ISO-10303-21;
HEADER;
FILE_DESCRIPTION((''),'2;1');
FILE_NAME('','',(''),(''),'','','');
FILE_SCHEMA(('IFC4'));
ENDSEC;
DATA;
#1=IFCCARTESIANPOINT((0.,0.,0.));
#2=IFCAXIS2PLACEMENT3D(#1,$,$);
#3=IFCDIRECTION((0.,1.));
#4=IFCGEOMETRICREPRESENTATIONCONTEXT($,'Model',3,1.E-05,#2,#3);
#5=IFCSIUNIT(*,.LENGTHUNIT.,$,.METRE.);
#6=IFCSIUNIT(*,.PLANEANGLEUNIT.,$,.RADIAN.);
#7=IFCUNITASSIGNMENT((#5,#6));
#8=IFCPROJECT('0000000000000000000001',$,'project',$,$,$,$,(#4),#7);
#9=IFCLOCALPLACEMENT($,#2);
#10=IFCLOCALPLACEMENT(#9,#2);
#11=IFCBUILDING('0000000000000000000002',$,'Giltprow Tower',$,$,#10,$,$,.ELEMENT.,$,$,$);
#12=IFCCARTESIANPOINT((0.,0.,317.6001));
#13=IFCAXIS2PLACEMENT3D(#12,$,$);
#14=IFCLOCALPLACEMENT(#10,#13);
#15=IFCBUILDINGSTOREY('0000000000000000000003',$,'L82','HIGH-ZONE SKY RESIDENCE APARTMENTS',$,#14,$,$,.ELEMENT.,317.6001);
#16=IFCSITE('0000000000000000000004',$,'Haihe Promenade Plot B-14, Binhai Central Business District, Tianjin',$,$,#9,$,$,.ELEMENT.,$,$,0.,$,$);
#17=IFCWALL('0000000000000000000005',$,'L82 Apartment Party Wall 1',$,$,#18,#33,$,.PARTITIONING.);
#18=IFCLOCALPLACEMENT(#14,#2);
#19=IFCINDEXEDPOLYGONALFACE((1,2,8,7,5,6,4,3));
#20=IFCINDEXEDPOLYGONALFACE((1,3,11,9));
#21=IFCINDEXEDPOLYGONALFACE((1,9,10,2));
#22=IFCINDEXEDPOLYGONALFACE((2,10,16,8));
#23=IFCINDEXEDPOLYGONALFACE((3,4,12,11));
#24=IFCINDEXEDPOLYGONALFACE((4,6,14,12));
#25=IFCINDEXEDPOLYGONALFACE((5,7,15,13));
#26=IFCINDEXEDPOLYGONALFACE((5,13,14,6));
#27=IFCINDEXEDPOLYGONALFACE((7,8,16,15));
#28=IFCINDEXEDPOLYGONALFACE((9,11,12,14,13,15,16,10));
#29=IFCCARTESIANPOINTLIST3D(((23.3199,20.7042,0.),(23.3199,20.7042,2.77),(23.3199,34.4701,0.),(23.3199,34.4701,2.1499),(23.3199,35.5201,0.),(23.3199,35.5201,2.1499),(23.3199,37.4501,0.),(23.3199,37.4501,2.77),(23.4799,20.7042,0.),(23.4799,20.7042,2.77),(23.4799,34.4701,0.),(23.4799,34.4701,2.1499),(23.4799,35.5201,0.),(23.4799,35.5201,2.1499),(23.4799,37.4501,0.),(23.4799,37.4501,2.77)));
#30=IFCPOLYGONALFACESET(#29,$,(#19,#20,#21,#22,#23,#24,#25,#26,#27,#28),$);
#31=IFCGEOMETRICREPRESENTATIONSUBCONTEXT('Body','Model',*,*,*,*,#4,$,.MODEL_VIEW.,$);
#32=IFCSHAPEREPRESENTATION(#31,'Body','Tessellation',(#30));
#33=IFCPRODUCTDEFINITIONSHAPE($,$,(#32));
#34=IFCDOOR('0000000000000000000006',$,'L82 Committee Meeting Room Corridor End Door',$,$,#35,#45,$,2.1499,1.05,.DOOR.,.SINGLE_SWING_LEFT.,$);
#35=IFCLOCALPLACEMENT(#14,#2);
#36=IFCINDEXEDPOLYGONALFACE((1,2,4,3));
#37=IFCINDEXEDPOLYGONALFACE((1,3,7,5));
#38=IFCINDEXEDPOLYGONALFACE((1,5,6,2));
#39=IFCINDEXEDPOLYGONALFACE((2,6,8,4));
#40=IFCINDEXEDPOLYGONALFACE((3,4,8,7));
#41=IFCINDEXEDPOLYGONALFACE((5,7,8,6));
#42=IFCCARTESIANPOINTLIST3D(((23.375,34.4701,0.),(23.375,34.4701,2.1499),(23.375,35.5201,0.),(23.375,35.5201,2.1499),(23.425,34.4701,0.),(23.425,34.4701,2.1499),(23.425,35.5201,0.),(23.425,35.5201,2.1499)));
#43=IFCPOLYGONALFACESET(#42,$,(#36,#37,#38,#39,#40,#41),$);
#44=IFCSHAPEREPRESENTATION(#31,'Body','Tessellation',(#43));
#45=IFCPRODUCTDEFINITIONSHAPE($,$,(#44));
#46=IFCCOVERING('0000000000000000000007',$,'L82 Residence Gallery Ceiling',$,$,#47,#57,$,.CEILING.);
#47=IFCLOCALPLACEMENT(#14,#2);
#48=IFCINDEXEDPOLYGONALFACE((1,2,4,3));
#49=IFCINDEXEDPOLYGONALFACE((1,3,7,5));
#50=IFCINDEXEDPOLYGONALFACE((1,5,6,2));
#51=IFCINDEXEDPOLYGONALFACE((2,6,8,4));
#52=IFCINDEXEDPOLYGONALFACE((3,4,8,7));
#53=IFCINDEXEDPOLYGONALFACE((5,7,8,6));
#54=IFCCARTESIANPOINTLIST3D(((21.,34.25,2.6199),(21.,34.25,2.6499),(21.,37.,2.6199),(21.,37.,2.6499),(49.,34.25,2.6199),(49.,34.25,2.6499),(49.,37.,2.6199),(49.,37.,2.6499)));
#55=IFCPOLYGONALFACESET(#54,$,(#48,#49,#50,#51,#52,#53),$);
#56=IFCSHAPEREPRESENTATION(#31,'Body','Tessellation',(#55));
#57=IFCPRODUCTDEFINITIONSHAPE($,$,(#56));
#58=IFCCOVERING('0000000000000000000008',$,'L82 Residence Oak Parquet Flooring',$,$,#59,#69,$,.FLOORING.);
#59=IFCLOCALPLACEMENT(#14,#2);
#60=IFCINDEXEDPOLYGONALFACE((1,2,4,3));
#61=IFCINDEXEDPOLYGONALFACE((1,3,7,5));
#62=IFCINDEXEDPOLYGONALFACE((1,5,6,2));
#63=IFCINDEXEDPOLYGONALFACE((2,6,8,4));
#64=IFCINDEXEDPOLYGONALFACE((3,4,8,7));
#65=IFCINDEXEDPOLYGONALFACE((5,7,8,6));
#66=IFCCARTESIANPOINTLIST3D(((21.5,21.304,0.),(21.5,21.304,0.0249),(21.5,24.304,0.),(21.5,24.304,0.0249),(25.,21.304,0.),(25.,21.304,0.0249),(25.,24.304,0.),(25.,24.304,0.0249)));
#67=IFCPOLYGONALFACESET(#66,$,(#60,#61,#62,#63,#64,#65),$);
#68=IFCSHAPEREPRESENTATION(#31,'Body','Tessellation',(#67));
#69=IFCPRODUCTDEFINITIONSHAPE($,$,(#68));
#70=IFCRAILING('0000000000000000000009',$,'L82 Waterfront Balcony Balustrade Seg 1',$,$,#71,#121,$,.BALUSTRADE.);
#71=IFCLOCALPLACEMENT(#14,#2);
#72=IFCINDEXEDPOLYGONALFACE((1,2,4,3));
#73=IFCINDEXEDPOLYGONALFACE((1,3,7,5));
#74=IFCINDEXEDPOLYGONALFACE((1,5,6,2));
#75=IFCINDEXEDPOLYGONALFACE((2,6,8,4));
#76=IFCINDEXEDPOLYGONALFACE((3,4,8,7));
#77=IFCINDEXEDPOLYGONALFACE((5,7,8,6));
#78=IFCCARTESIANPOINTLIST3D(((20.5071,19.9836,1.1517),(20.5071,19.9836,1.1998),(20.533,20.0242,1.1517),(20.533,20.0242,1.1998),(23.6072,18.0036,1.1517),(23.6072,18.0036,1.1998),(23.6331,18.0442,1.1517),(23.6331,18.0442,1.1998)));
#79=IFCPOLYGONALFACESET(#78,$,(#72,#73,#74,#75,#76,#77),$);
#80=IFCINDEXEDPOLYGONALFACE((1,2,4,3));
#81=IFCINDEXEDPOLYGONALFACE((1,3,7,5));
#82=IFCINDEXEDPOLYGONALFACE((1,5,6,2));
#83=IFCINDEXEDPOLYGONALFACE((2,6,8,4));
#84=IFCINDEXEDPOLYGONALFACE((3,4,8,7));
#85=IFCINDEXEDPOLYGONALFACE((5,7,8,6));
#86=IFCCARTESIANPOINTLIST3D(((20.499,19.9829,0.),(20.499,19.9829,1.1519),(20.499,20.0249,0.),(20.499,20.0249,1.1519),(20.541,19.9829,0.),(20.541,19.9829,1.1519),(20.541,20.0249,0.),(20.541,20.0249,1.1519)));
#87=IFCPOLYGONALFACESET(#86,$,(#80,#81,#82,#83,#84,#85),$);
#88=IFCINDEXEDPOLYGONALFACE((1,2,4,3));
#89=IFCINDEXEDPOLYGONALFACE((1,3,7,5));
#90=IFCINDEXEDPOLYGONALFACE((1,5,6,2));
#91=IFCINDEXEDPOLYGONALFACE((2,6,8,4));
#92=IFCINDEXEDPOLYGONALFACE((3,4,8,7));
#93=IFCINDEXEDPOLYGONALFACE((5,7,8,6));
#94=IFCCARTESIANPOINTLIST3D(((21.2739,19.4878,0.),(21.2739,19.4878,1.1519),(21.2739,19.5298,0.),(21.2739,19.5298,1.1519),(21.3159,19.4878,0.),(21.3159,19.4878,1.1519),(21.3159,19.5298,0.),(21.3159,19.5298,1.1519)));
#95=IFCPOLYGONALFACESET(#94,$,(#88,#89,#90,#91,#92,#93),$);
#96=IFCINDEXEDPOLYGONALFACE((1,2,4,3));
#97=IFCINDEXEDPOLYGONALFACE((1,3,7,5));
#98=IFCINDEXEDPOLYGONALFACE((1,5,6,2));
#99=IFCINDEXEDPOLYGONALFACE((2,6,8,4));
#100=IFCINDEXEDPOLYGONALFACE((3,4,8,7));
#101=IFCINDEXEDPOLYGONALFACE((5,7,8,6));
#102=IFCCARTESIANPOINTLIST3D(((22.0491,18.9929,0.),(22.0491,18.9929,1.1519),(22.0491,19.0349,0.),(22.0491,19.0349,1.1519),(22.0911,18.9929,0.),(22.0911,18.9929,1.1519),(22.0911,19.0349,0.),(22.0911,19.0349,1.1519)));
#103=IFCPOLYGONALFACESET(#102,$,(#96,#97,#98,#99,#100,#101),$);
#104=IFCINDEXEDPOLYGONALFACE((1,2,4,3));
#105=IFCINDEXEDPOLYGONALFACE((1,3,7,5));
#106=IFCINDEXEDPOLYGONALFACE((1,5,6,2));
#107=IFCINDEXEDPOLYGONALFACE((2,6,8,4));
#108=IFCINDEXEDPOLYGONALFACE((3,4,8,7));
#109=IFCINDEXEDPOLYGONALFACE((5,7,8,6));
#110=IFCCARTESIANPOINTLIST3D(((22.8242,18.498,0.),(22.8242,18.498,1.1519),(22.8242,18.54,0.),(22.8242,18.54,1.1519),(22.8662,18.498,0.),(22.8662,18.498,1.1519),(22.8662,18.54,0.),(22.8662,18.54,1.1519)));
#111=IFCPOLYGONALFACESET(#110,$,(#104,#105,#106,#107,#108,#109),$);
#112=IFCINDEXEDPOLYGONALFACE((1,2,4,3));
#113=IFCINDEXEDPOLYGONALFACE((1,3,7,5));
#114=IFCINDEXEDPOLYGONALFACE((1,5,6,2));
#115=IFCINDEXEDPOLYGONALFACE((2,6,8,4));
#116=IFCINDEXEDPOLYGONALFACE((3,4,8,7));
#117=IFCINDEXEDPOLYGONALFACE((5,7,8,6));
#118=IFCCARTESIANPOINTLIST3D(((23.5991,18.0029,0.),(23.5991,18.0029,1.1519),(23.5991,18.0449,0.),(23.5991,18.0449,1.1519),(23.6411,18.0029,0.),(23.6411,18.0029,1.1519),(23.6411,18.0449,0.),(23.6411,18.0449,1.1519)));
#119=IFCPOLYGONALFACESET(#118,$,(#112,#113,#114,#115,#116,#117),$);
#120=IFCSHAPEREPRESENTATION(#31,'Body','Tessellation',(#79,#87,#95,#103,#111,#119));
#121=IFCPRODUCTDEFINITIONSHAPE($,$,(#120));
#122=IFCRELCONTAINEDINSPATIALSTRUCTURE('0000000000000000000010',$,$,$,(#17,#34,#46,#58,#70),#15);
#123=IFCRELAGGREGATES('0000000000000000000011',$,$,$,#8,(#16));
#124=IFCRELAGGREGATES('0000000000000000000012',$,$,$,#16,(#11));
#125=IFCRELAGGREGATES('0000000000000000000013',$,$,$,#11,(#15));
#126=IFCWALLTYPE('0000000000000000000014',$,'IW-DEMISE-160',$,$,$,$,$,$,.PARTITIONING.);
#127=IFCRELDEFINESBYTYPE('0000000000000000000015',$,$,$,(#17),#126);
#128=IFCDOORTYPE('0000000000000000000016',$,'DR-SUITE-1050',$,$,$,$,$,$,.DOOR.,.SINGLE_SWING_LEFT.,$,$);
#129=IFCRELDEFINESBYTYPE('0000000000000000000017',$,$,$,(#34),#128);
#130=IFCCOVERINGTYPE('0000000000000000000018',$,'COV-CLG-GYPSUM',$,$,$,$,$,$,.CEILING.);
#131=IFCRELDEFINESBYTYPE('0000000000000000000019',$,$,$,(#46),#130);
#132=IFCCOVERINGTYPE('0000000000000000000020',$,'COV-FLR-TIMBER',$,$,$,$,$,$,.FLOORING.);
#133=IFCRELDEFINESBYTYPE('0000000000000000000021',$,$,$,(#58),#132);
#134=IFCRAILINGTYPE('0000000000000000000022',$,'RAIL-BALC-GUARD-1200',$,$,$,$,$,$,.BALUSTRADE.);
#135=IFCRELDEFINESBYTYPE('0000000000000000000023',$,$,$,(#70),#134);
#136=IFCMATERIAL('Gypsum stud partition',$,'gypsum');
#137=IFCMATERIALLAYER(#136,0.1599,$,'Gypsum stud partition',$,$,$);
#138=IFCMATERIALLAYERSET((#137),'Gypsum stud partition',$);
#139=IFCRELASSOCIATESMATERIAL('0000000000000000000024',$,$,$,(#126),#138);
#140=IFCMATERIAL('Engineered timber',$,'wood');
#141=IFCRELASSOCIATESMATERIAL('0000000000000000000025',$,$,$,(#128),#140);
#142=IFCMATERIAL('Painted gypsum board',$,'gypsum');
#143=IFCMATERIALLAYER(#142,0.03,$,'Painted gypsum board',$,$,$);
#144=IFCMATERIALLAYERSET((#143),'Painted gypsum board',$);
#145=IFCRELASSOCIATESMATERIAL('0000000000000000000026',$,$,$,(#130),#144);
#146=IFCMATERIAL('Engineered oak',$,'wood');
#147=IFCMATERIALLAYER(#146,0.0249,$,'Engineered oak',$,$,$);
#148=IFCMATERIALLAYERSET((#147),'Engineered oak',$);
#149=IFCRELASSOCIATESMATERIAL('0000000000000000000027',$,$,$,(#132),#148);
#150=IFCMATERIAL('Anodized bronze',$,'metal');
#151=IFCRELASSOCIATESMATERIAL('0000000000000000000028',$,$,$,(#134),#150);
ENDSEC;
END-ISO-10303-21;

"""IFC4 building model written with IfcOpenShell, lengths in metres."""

from ifc_helpers import new_model, si_unit, direction, frame, frame_2d, origin, origin_2d, place, context, subcontext, project, spatial, polyline, rectangle, outline, extrude, source, transform, mapped, material, layer, layer_set, type_object, element, fill, save


model = new_model("IFC4")

# Units and contexts
model_context = context("Model", 3, precision=1e-05, world=origin(), true_north=direction((0.0, 1.0)))
body_context = subcontext(model_context, "Body", "Model", "MODEL_VIEW")
ifc_project = project(units=[si_unit("LENGTHUNIT", "METRE"), si_unit("PLANEANGLEUNIT", "RADIAN")], contexts=[model_context])

# Site, building, storey
site_placement = place(None, origin())
site = spatial("IfcSite", under=ifc_project, at=site_placement, Name="Haihe Promenade Plot B-14, Binhai Central Business District, Tianjin", CompositionType="ELEMENT", RefElevation=0.0)
building_placement = place(site_placement, origin())
building = spatial("IfcBuilding", under=site, at=building_placement, Name="Giltprow Tower", CompositionType="ELEMENT")
storey_placement = place(building_placement, frame((0.0, 0.0, 317.6001)))
storey = spatial("IfcBuildingStorey", under=building, at=storey_placement, Name="L82", Description="HIGH-ZONE SKY RESIDENCE APARTMENTS", CompositionType="ELEMENT", Elevation=317.6001)

# Shared definitions
ifc_material_1 = material(Name="Anodized bronze", Category="metal")

# Wall, opening, door
ifc_material_2 = material(Name="Gypsum stud partition", Category="gypsum")
ifc_layer_1 = layer(ifc_material_2, 0.1599, Name="Gypsum stud partition")
ifc_layer_set_1 = layer_set([ifc_layer_1], Name="Gypsum stud partition")
wall_type_1 = type_object("IfcWallType", Name="IW-DEMISE-160", PredefinedType="PARTITIONING", material=ifc_layer_set_1)
wall_1_placement = place(storey_placement, frame((23.3999, 20.7041, 0.0), z_axis=(0.0, 0.0, 1.0), x_axis=(0.0, 1.0, 0.0)))
wall_1 = element("IfcWall", 1, at=wall_1_placement, inside=storey, type_object=wall_type_1, Name="L82 Apartment Party Wall 1", PredefinedType="PARTITIONING", context=body_context, shape_type="SweptSolid", body=[
    extrude(rectangle(XDim=16.7458, YDim=0.1599, at=frame_2d((8.373, 0.0))), origin(), (0.0, 0.0, 1.0), 2.77),
])
opening_1_placement = place(wall_1_placement, frame((13.7661, 0.0, 0.0)))
opening_1 = element("IfcOpeningElement", 2, at=opening_1_placement, cuts=wall_1, PredefinedType="OPENING", context=body_context, shape_type="SweptSolid", body=[
    extrude(rectangle(XDim=1.05, YDim=2.1499, at=frame_2d((0.5249, 1.075))), frame((0.0, 0.0898, 0.0), z_axis=(0.0, -1.0, 0.0), x_axis=(1.0, 0.0, 0.0)), (0.0, 0.0, 1.0), 0.1799),
])
ifc_material_3 = material(Name="Engineered timber", Category="wood")
door_type_1 = type_object("IfcDoorType", Name="DR-SUITE-1050", OperationType="SINGLE_SWING_LEFT", PredefinedType="DOOR", material=ifc_material_3)
shared_shape_1 = source(origin(), body_context, "Body", "SweptSolid", [
    extrude(rectangle(XDim=1.05, YDim=2.1499, at=frame_2d((0.5249, 1.075))), frame((0.0, 0.0249, 0.0), z_axis=(0.0, -1.0, 0.0), x_axis=(1.0, 0.0, 0.0)), (0.0, 0.0, 1.0), 0.05),
])
door_1_placement = place(opening_1_placement, origin())
door_1 = element("IfcDoor", 3, at=door_1_placement, inside=storey, type_object=door_type_1, Name="L82 Committee Meeting Room Corridor End Door", OperationType="SINGLE_SWING_LEFT", OverallHeight=2.1499, OverallWidth=1.05, PredefinedType="DOOR", context=body_context, shape_type="MappedRepresentation", body=[
    mapped(shared_shape_1, transform((0.0, 0.0, 0.0), x_axis=(1.0, 0.0, 0.0), y_axis=(0.0, 1.0, 0.0), z_axis=(0.0, 0.0, 1.0), scale=1.0)),
])
fill(opening_1, door_1)

# Coverings
ifc_material_4 = material(Name="Painted gypsum board", Category="gypsum")
ifc_layer_2 = layer(ifc_material_4, 0.03, Name="Painted gypsum board")
ifc_layer_set_2 = layer_set([ifc_layer_2], Name="Painted gypsum board")
covering_type_1 = type_object("IfcCoveringType", Name="COV-CLG-GYPSUM", PredefinedType="CEILING", material=ifc_layer_set_2)
covering_1_placement = place(storey_placement, frame((0.0, 0.0, 2.6199)))
element("IfcCovering", 4, at=covering_1_placement, inside=storey, type_object=covering_type_1, Name="L82 Residence Gallery Ceiling", PredefinedType="CEILING", context=body_context, shape_type="SweptSolid", body=[
    extrude(outline(polyline([(21.0, 34.25), (49.0, 34.25), (49.0, 37.0), (21.0, 37.0), (21.0, 34.25)])), origin(), (0.0, 0.0, 1.0), 0.03),
])
ifc_material_5 = material(Name="Engineered oak", Category="wood")
ifc_layer_3 = layer(ifc_material_5, 0.0249, Name="Engineered oak")
ifc_layer_set_3 = layer_set([ifc_layer_3], Name="Engineered oak")
covering_type_2 = type_object("IfcCoveringType", Name="COV-FLR-TIMBER", PredefinedType="FLOORING", material=ifc_layer_set_3)
covering_2_placement = place(storey_placement, origin())
element("IfcCovering", 5, at=covering_2_placement, inside=storey, type_object=covering_type_2, Name="L82 Residence Oak Parquet Flooring", PredefinedType="FLOORING", context=body_context, shape_type="SweptSolid", body=[
    extrude(outline(polyline([(21.5, 21.304), (25.0, 21.304), (25.0, 24.304), (21.5, 24.304), (21.5, 21.304)])), origin(), (0.0, 0.0, 1.0), 0.0249),
])

# Railing
railing_type = type_object("IfcRailingType", Name="RAIL-BALC-GUARD-1200", PredefinedType="BALUSTRADE", material=ifc_material_1)
railing_1_placement = place(storey_placement, frame((20.52, 20.0039, 0.0)))
element("IfcRailing", 6, at=railing_1_placement, inside=storey, type_object=railing_type, Name="L82 Waterfront Balcony Balustrade Seg 1", PredefinedType="BALUSTRADE", context=body_context, shape_type="SweptSolid", body=[
    extrude(rectangle(XDim=0.0481, YDim=0.0481, at=origin_2d()), frame((0.0, 0.0, 1.1758), z_axis=(0.842775, -0.538266, 0.0), x_axis=(0.538266, 0.842775, 0.0)), (0.0, 0.0, 1.0), 3.6785),
    extrude(rectangle(XDim=0.042, YDim=0.042, at=origin_2d()), origin(), (0.0, 0.0, 1.0), 1.1519),
    extrude(rectangle(XDim=0.042, YDim=0.042, at=origin_2d()), frame((0.7749, -0.4951, 0.0)), (0.0, 0.0, 1.0), 1.1519),
    extrude(rectangle(XDim=0.042, YDim=0.042, at=origin_2d()), frame((1.55, -0.99, 0.0)), (0.0, 0.0, 1.0), 1.1519),
    extrude(rectangle(XDim=0.042, YDim=0.042, at=origin_2d()), frame((2.3252, -1.4849, 0.0)), (0.0, 0.0, 1.0), 1.1519),
    extrude(rectangle(XDim=0.042, YDim=0.042, at=origin_2d()), frame((3.1001, -1.98, 0.0)), (0.0, 0.0, 1.0), 1.1519),
])

save(model, "model.ifc")
